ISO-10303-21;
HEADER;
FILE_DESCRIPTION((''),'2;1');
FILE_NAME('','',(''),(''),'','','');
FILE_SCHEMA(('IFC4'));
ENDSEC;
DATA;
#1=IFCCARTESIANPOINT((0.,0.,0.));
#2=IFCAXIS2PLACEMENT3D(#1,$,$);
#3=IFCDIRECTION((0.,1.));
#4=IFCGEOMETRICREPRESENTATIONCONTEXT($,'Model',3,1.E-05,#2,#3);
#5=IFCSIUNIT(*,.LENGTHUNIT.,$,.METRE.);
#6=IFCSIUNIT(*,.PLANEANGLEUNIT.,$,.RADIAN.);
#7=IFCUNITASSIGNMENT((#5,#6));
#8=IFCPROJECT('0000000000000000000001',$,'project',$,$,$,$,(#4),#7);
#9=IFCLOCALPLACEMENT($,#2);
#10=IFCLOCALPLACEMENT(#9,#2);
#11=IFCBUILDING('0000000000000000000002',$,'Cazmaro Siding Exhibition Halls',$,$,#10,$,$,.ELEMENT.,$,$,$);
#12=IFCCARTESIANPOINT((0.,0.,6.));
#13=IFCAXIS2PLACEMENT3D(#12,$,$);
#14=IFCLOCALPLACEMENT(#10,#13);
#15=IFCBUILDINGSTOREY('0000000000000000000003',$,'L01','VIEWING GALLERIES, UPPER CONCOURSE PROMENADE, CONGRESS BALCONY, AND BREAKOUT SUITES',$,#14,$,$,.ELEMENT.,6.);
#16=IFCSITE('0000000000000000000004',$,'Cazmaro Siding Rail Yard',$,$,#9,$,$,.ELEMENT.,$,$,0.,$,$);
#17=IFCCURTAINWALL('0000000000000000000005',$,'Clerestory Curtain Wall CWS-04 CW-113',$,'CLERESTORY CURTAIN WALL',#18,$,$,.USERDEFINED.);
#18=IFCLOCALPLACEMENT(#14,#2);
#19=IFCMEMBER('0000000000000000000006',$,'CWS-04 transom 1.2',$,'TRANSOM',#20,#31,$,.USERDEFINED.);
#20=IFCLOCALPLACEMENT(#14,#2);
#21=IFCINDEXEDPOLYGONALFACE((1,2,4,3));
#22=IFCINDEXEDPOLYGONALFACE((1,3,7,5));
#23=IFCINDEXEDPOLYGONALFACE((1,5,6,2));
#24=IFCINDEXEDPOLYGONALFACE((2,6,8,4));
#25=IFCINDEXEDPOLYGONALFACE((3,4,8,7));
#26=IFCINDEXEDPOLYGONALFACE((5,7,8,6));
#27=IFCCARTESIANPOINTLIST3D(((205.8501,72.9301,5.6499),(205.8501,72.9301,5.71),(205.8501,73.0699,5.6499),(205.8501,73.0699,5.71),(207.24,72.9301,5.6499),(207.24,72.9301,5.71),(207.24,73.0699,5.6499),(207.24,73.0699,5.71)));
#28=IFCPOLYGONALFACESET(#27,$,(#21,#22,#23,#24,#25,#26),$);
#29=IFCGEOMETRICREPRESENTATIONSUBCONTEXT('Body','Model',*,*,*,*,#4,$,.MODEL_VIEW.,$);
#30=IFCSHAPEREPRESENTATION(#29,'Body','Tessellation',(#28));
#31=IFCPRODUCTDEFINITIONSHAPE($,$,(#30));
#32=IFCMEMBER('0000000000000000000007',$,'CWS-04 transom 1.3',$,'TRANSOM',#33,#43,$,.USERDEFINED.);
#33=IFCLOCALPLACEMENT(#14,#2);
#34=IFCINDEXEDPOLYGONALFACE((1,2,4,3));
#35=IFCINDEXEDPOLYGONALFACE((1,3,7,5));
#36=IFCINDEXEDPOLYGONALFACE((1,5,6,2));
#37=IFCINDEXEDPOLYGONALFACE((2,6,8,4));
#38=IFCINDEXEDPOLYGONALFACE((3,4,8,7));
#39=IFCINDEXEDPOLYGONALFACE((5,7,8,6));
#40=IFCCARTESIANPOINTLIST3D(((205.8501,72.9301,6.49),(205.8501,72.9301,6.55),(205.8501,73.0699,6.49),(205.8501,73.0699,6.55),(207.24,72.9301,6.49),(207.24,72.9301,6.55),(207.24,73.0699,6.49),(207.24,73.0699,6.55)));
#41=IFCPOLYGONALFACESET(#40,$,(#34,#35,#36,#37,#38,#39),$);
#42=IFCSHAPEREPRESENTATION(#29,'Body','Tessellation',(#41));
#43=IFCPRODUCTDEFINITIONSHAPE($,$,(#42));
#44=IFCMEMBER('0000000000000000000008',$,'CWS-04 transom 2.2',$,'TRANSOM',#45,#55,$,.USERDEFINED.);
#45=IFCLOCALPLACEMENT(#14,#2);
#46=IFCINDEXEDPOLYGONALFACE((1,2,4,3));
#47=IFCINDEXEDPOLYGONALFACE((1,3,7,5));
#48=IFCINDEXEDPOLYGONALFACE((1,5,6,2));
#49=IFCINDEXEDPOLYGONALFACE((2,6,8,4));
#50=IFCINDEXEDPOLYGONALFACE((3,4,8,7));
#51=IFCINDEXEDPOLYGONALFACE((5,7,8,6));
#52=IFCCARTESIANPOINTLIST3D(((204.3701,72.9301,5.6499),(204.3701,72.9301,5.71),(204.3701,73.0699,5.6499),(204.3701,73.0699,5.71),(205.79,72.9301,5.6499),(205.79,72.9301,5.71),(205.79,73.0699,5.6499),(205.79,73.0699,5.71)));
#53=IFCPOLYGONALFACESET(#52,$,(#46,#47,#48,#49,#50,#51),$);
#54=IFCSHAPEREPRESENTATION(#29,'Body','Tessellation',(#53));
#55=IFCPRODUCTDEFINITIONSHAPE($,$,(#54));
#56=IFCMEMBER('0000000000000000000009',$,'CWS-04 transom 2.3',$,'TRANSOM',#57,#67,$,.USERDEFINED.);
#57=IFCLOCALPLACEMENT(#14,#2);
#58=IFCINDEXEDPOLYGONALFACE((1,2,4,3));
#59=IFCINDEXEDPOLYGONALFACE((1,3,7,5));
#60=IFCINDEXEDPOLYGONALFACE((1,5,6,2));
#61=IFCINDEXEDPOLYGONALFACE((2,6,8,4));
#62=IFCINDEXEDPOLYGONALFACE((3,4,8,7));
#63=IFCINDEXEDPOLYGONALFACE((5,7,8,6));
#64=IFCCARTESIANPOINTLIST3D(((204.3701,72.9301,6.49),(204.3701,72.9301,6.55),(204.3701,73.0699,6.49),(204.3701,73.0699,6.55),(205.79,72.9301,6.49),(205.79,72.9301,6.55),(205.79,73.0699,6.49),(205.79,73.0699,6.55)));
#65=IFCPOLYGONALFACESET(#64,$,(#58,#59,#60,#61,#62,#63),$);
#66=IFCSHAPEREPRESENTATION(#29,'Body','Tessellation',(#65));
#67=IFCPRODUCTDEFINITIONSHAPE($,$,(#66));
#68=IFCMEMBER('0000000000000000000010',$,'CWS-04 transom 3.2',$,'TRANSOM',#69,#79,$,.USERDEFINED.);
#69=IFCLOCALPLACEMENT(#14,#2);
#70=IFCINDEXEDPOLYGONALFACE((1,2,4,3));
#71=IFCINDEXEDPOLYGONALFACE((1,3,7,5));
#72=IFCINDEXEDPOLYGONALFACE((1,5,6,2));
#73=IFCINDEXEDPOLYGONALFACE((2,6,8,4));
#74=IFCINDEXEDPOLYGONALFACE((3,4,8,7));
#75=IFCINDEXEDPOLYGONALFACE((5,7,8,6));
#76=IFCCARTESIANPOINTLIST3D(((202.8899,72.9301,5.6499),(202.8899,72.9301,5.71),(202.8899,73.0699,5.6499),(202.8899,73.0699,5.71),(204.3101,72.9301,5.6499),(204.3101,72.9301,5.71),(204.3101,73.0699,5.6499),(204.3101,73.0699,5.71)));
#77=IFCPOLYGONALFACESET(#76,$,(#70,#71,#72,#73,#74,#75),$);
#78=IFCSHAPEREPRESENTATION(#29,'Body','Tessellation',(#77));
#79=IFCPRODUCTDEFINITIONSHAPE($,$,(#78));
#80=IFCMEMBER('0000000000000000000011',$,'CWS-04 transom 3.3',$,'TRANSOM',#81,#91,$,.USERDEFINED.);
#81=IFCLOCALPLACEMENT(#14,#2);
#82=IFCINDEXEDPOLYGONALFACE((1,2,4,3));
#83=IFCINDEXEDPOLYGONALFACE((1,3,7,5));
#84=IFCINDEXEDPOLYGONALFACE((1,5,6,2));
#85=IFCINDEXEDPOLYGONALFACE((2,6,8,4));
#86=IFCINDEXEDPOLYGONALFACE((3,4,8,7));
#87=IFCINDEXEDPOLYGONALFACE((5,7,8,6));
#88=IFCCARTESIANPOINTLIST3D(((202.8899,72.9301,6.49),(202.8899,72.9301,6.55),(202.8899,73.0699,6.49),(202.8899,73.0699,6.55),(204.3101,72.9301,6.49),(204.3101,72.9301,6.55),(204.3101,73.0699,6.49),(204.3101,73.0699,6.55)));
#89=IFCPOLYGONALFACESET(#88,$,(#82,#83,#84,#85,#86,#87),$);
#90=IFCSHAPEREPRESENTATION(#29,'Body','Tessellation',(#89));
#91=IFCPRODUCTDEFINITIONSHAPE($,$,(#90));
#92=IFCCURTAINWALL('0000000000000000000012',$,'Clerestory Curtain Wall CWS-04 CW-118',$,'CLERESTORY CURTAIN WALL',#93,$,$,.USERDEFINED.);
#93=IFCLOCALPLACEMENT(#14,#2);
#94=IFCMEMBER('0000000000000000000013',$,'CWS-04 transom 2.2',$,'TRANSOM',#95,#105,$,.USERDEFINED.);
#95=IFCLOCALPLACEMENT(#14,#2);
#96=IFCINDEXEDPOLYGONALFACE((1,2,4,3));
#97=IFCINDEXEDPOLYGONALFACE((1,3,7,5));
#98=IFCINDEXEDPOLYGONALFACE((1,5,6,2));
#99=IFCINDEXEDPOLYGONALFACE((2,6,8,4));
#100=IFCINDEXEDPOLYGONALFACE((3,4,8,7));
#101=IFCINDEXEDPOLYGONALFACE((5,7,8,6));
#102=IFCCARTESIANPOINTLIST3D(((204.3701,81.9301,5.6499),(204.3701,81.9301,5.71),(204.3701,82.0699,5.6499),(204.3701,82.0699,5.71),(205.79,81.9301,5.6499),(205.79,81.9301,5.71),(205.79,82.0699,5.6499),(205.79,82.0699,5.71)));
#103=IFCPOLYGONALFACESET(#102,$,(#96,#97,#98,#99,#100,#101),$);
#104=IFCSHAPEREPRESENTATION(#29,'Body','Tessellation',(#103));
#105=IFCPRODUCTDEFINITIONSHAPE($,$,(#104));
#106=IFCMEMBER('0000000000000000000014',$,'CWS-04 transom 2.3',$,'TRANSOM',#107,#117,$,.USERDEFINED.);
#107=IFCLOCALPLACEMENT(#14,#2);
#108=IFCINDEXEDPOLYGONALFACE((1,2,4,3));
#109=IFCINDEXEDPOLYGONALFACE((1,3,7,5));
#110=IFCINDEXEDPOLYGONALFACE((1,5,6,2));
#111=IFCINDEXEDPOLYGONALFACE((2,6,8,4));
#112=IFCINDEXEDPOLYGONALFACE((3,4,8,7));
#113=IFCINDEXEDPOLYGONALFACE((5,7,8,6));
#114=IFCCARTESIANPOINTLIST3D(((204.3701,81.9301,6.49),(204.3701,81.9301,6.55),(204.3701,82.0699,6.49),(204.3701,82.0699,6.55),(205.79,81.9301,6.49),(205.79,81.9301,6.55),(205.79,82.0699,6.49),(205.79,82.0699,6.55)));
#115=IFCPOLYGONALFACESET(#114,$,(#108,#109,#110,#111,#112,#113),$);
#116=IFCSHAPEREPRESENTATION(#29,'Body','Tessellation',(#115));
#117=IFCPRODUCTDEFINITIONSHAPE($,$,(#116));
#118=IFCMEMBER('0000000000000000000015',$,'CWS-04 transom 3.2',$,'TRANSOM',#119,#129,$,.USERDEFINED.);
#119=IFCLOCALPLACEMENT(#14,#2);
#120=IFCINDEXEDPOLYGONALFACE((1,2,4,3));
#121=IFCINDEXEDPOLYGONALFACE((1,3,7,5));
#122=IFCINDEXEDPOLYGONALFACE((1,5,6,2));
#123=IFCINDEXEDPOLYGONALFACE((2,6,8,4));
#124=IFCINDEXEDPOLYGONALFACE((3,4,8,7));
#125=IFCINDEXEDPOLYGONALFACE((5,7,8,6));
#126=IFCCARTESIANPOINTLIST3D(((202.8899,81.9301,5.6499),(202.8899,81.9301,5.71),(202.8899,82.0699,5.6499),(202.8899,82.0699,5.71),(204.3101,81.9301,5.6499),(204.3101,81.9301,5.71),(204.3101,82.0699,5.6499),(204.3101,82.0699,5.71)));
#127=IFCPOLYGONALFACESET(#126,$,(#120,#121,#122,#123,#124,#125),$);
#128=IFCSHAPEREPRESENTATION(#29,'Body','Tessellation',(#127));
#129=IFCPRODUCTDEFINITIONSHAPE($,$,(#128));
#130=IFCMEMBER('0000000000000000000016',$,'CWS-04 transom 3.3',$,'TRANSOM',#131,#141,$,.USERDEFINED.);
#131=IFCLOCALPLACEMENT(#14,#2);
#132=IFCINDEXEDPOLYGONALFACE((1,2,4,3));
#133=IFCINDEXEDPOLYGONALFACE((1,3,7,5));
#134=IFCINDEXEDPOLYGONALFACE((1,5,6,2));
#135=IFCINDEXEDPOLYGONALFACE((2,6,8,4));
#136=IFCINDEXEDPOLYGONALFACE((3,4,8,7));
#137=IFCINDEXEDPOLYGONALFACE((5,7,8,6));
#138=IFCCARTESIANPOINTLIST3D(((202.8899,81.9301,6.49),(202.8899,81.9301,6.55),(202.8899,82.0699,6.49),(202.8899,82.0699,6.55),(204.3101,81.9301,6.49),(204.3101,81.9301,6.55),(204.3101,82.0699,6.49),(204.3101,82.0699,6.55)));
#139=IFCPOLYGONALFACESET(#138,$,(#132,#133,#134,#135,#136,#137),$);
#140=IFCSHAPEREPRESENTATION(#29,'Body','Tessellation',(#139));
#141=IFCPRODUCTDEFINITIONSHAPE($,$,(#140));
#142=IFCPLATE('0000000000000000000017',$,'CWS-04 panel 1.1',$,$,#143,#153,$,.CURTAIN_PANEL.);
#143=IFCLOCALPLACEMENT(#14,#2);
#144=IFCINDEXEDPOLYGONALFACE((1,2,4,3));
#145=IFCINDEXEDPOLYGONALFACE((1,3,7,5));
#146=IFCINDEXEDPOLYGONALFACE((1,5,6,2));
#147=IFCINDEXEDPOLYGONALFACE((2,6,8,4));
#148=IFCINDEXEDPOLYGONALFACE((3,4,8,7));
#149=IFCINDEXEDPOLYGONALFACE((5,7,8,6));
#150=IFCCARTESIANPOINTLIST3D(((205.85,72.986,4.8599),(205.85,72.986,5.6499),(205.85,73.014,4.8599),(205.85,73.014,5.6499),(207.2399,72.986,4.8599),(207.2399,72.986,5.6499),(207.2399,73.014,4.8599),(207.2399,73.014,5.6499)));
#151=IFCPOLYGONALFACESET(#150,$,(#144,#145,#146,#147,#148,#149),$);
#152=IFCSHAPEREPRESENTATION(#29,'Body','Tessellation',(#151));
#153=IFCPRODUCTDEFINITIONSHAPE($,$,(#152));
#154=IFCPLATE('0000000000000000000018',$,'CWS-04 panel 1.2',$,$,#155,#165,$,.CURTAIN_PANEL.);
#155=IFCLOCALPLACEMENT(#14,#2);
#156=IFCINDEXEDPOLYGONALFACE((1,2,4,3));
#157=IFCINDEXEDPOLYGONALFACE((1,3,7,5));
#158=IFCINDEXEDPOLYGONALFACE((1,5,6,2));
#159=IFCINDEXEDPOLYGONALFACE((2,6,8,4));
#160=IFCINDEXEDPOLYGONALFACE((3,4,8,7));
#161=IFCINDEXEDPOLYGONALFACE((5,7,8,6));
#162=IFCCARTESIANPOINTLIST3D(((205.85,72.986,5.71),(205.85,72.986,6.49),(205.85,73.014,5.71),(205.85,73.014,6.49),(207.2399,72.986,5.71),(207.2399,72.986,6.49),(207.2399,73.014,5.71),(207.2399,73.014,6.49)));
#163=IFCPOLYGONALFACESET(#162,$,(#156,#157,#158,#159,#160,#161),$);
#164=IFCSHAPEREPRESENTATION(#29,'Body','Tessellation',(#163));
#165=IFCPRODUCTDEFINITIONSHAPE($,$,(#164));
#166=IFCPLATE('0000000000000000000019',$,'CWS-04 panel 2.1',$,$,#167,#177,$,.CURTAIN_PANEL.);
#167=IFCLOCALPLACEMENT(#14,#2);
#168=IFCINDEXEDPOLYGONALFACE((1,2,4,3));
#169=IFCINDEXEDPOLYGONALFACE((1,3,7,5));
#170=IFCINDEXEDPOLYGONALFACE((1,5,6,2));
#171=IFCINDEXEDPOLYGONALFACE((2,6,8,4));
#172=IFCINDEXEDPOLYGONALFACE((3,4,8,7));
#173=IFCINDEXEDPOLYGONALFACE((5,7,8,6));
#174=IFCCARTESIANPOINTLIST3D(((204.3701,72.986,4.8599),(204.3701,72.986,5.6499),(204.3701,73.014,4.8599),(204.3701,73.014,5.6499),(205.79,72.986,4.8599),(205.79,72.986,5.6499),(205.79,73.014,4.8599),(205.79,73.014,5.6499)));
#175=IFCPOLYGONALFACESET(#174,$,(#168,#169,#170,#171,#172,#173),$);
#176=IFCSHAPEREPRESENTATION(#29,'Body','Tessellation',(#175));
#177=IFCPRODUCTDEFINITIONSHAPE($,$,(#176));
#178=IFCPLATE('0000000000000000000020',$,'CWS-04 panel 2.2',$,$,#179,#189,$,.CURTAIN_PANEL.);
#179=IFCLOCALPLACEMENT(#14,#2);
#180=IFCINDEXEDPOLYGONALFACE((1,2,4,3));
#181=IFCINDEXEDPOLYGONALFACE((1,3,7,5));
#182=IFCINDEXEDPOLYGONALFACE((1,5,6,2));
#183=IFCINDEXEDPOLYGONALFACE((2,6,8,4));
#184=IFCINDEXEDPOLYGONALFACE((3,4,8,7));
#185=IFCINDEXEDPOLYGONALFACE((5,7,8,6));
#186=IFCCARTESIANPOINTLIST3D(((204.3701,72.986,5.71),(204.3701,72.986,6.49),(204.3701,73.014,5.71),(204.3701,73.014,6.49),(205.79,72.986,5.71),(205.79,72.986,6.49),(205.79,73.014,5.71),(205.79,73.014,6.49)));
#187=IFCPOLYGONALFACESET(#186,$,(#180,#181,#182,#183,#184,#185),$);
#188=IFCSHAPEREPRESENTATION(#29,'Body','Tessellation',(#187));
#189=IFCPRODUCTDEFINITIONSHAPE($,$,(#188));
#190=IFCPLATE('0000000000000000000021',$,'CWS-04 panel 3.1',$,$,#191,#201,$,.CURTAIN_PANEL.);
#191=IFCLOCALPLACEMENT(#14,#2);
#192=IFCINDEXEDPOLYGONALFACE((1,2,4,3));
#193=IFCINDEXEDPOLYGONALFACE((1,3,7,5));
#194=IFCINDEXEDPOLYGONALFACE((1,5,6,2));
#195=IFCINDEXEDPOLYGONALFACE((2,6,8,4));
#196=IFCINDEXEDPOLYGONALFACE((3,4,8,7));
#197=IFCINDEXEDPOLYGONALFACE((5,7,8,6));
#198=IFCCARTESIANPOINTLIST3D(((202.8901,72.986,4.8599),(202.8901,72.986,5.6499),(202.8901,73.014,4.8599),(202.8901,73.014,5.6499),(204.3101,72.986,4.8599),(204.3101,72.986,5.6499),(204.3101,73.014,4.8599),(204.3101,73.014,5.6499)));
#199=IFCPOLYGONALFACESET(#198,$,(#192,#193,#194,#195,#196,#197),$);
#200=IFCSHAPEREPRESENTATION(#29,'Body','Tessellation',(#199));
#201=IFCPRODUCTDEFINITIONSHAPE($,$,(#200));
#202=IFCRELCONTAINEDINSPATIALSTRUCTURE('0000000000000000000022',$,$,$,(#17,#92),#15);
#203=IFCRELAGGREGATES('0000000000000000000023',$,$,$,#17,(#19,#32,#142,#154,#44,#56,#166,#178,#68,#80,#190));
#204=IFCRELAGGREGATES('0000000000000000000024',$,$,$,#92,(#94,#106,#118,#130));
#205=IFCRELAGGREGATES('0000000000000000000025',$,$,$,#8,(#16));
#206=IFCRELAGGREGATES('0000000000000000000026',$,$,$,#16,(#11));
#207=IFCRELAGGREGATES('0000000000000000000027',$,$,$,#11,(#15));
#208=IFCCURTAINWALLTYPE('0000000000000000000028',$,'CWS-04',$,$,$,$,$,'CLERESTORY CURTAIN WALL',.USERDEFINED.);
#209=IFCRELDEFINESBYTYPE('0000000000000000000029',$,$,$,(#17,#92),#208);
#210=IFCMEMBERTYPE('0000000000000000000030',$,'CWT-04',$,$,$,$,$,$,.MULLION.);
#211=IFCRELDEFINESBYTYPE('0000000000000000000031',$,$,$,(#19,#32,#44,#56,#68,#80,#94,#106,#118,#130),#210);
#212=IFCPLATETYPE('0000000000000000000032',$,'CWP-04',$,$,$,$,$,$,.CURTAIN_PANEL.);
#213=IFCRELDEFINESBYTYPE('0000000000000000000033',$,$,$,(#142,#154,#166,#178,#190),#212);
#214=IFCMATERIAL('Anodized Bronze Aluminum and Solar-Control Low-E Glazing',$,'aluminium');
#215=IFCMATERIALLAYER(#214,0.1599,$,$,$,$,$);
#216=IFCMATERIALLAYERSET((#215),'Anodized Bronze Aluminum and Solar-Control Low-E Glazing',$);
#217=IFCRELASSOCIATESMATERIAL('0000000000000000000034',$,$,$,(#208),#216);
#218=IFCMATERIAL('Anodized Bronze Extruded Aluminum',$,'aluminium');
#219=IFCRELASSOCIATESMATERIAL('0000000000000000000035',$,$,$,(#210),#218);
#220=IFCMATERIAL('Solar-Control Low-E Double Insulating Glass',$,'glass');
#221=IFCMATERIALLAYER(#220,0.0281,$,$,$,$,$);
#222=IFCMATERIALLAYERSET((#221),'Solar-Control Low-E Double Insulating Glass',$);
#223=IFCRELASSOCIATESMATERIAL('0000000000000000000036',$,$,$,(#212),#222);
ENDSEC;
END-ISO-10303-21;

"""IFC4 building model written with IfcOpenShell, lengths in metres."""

from ifc_helpers import new_model, si_unit, direction, frame, origin, origin_2d, place, context, subcontext, project, spatial, rectangle, extrude, material, layer, layer_set, material_profile, profile_set, type_object, element, aggregate, save


model = new_model("IFC4")

# Units and contexts
model_context = context("Model", 3, precision=1e-05, world=origin(), true_north=direction((0.0, 1.0)))
body_context = subcontext(model_context, "Body", "Model", "MODEL_VIEW")
ifc_project = project(units=[si_unit("LENGTHUNIT", "METRE"), si_unit("PLANEANGLEUNIT", "RADIAN")], contexts=[model_context])

# Site, building, storey
site_placement = place(None, origin())
site = spatial("IfcSite", under=ifc_project, at=site_placement, Name="Cazmaro Siding Rail Yard", CompositionType="ELEMENT", RefElevation=0.0)
building_placement = place(site_placement, origin())
building = spatial("IfcBuilding", under=site, at=building_placement, Name="Cazmaro Siding Exhibition Halls", CompositionType="ELEMENT")
storey_placement = place(building_placement, frame((0.0, 0.0, 6.0)))
storey = spatial("IfcBuildingStorey", under=building, at=storey_placement, Name="L01", Description="VIEWING GALLERIES, UPPER CONCOURSE PROMENADE, CONGRESS BALCONY, AND BREAKOUT SUITES", CompositionType="ELEMENT", Elevation=6.0)

# Curtain walls, members
ifc_material_1 = material(Name="Anodized Bronze Aluminum and Solar-Control Low-E Glazing", Category="aluminium")
ifc_layer_1 = layer(ifc_material_1, 0.1599)
ifc_layer_set_1 = layer_set([ifc_layer_1], Name="Anodized Bronze Aluminum and Solar-Control Low-E Glazing")
curtain_wall_type = type_object("IfcCurtainWallType", Name="CWS-04", ElementType="CLERESTORY CURTAIN WALL", PredefinedType="USERDEFINED", material=ifc_layer_set_1)
curtain_wall_1_placement = place(storey_placement, origin())
curtain_wall_1 = element("IfcCurtainWall", 1, at=curtain_wall_1_placement, inside=storey, type_object=curtain_wall_type, Name="Clerestory Curtain Wall CWS-04 CW-113", ObjectType="CLERESTORY CURTAIN WALL", PredefinedType="USERDEFINED")
ifc_material_2 = material(Name="Anodized Bronze Extruded Aluminum", Category="aluminium")
ifc_material_profile = material_profile(ifc_material_2, rectangle(XDim=0.1399, YDim=0.0601, at=origin_2d()), Name="CWT-04")
ifc_profile_set = profile_set([ifc_material_profile], Name="Anodized Bronze Extruded Aluminum")
member_type = type_object("IfcMemberType", Name="CWT-04", PredefinedType="MULLION", material=ifc_profile_set)
member_1_placement = place(storey_placement, frame((207.24, 73.0, 5.6799), z_axis=(-1.0, 0.0, 0.0), x_axis=(0.0, -1.0, 0.0)))
member_1 = element("IfcMember", 2, at=member_1_placement, type_object=member_type, Name="CWS-04 transom 1.2", ObjectType="TRANSOM", PredefinedType="USERDEFINED", context=body_context, shape_type="SweptSolid", body=[
    extrude(rectangle(XDim=0.1399, YDim=0.0601, at=origin_2d()), origin(), (0.0, 0.0, 1.0), 1.3899),
])
member_2_placement = place(storey_placement, frame((207.24, 73.0, 6.52), z_axis=(-1.0, 0.0, 0.0), x_axis=(0.0, -1.0, 0.0)))
member_2 = element("IfcMember", 3, at=member_2_placement, type_object=member_type, Name="CWS-04 transom 1.3", ObjectType="TRANSOM", PredefinedType="USERDEFINED", context=body_context, shape_type="SweptSolid", body=[
    extrude(rectangle(XDim=0.1399, YDim=0.0601, at=origin_2d()), origin(), (0.0, 0.0, 1.0), 1.3899),
])
member_3_placement = place(storey_placement, frame((205.79, 73.0, 5.6799), z_axis=(-1.0, 0.0, 0.0), x_axis=(0.0, -1.0, 0.0)))
member_3 = element("IfcMember", 4, at=member_3_placement, type_object=member_type, Name="CWS-04 transom 2.2", ObjectType="TRANSOM", PredefinedType="USERDEFINED", context=body_context, shape_type="SweptSolid", body=[
    extrude(rectangle(XDim=0.1399, YDim=0.0601, at=origin_2d()), origin(), (0.0, 0.0, 1.0), 1.4199),
])
member_4_placement = place(storey_placement, frame((205.79, 73.0, 6.52), z_axis=(-1.0, 0.0, 0.0), x_axis=(0.0, -1.0, 0.0)))
member_4 = element("IfcMember", 5, at=member_4_placement, type_object=member_type, Name="CWS-04 transom 2.3", ObjectType="TRANSOM", PredefinedType="USERDEFINED", context=body_context, shape_type="SweptSolid", body=[
    extrude(rectangle(XDim=0.1399, YDim=0.0601, at=origin_2d()), origin(), (0.0, 0.0, 1.0), 1.4199),
])
member_5_placement = place(storey_placement, frame((204.3101, 73.0, 5.6799), z_axis=(-1.0, 0.0, 0.0), x_axis=(0.0, -1.0, 0.0)))
member_5 = element("IfcMember", 6, at=member_5_placement, type_object=member_type, Name="CWS-04 transom 3.2", ObjectType="TRANSOM", PredefinedType="USERDEFINED", context=body_context, shape_type="SweptSolid", body=[
    extrude(rectangle(XDim=0.1399, YDim=0.0601, at=origin_2d()), origin(), (0.0, 0.0, 1.0), 1.4202),
])
member_6_placement = place(storey_placement, frame((204.3101, 73.0, 6.52), z_axis=(-1.0, 0.0, 0.0), x_axis=(0.0, -1.0, 0.0)))
member_6 = element("IfcMember", 7, at=member_6_placement, type_object=member_type, Name="CWS-04 transom 3.3", ObjectType="TRANSOM", PredefinedType="USERDEFINED", context=body_context, shape_type="SweptSolid", body=[
    extrude(rectangle(XDim=0.1399, YDim=0.0601, at=origin_2d()), origin(), (0.0, 0.0, 1.0), 1.4202),
])
curtain_wall_2_placement = place(storey_placement, origin())
curtain_wall_2 = element("IfcCurtainWall", 8, at=curtain_wall_2_placement, inside=storey, type_object=curtain_wall_type, Name="Clerestory Curtain Wall CWS-04 CW-118", ObjectType="CLERESTORY CURTAIN WALL", PredefinedType="USERDEFINED")
member_7_placement = place(storey_placement, frame((205.79, 82.0, 5.6799), z_axis=(-1.0, 0.0, 0.0), x_axis=(0.0, -1.0, 0.0)))
member_7 = element("IfcMember", 9, at=member_7_placement, type_object=member_type, Name="CWS-04 transom 2.2", ObjectType="TRANSOM", PredefinedType="USERDEFINED", context=body_context, shape_type="SweptSolid", body=[
    extrude(rectangle(XDim=0.1399, YDim=0.0601, at=origin_2d()), origin(), (0.0, 0.0, 1.0), 1.4199),
])
member_8_placement = place(storey_placement, frame((205.79, 82.0, 6.52), z_axis=(-1.0, 0.0, 0.0), x_axis=(0.0, -1.0, 0.0)))
member_8 = element("IfcMember", 10, at=member_8_placement, type_object=member_type, Name="CWS-04 transom 2.3", ObjectType="TRANSOM", PredefinedType="USERDEFINED", context=body_context, shape_type="SweptSolid", body=[
    extrude(rectangle(XDim=0.1399, YDim=0.0601, at=origin_2d()), origin(), (0.0, 0.0, 1.0), 1.4199),
])
member_9_placement = place(storey_placement, frame((204.3101, 82.0, 5.6799), z_axis=(-1.0, 0.0, 0.0), x_axis=(0.0, -1.0, 0.0)))
member_9 = element("IfcMember", 11, at=member_9_placement, type_object=member_type, Name="CWS-04 transom 3.2", ObjectType="TRANSOM", PredefinedType="USERDEFINED", context=body_context, shape_type="SweptSolid", body=[
    extrude(rectangle(XDim=0.1399, YDim=0.0601, at=origin_2d()), origin(), (0.0, 0.0, 1.0), 1.4202),
])
member_10_placement = place(storey_placement, frame((204.3101, 82.0, 6.52), z_axis=(-1.0, 0.0, 0.0), x_axis=(0.0, -1.0, 0.0)))
member_10 = element("IfcMember", 12, at=member_10_placement, type_object=member_type, Name="CWS-04 transom 3.3", ObjectType="TRANSOM", PredefinedType="USERDEFINED", context=body_context, shape_type="SweptSolid", body=[
    extrude(rectangle(XDim=0.1399, YDim=0.0601, at=origin_2d()), origin(), (0.0, 0.0, 1.0), 1.4202),
])

# Plates
ifc_material_3 = material(Name="Solar-Control Low-E Double Insulating Glass", Category="glass")
ifc_layer_2 = layer(ifc_material_3, 0.0281)
ifc_layer_set_2 = layer_set([ifc_layer_2], Name="Solar-Control Low-E Double Insulating Glass")
plate_type = type_object("IfcPlateType", Name="CWP-04", PredefinedType="CURTAIN_PANEL", material=ifc_layer_set_2)
plate_1_placement = place(storey_placement, frame((206.5449, 73.0, 4.8599), z_axis=(0.0, 0.0, 1.0), x_axis=(-1.0, 0.0, 0.0)))
plate_1 = element("IfcPlate", 13, at=plate_1_placement, type_object=plate_type, Name="CWS-04 panel 1.1", PredefinedType="CURTAIN_PANEL", context=body_context, shape_type="SweptSolid", body=[
    extrude(rectangle(XDim=1.3899, YDim=0.0281, at=origin_2d()), origin(), (0.0, 0.0, 1.0), 0.79),
])
plate_2_placement = place(storey_placement, frame((206.5449, 73.0, 5.71), z_axis=(0.0, 0.0, 1.0), x_axis=(-1.0, 0.0, 0.0)))
plate_2 = element("IfcPlate", 14, at=plate_2_placement, type_object=plate_type, Name="CWS-04 panel 1.2", PredefinedType="CURTAIN_PANEL", context=body_context, shape_type="SweptSolid", body=[
    extrude(rectangle(XDim=1.3899, YDim=0.0281, at=origin_2d()), origin(), (0.0, 0.0, 1.0), 0.78),
])
plate_3_placement = place(storey_placement, frame((205.0801, 73.0, 4.8599), z_axis=(0.0, 0.0, 1.0), x_axis=(-1.0, 0.0, 0.0)))
plate_3 = element("IfcPlate", 15, at=plate_3_placement, type_object=plate_type, Name="CWS-04 panel 2.1", PredefinedType="CURTAIN_PANEL", context=body_context, shape_type="SweptSolid", body=[
    extrude(rectangle(XDim=1.4199, YDim=0.0281, at=origin_2d()), origin(), (0.0, 0.0, 1.0), 0.79),
])
plate_4_placement = place(storey_placement, frame((205.0801, 73.0, 5.71), z_axis=(0.0, 0.0, 1.0), x_axis=(-1.0, 0.0, 0.0)))
plate_4 = element("IfcPlate", 16, at=plate_4_placement, type_object=plate_type, Name="CWS-04 panel 2.2", PredefinedType="CURTAIN_PANEL", context=body_context, shape_type="SweptSolid", body=[
    extrude(rectangle(XDim=1.4199, YDim=0.0281, at=origin_2d()), origin(), (0.0, 0.0, 1.0), 0.78),
])
plate_5_placement = place(storey_placement, frame((203.6001, 73.0, 4.8599), z_axis=(0.0, 0.0, 1.0), x_axis=(-1.0, 0.0, 0.0)))
plate_5 = element("IfcPlate", 17, at=plate_5_placement, type_object=plate_type, Name="CWS-04 panel 3.1", PredefinedType="CURTAIN_PANEL", context=body_context, shape_type="SweptSolid", body=[
    extrude(rectangle(XDim=1.4199, YDim=0.0281, at=origin_2d()), origin(), (0.0, 0.0, 1.0), 0.79),
])
aggregate(curtain_wall_1, [member_1, member_2, plate_1, plate_2, member_3, member_4, plate_3, plate_4, member_5, member_6, plate_5])

aggregate(curtain_wall_2, [member_7, member_8, member_9, member_10])

save(model, "model.ifc")
